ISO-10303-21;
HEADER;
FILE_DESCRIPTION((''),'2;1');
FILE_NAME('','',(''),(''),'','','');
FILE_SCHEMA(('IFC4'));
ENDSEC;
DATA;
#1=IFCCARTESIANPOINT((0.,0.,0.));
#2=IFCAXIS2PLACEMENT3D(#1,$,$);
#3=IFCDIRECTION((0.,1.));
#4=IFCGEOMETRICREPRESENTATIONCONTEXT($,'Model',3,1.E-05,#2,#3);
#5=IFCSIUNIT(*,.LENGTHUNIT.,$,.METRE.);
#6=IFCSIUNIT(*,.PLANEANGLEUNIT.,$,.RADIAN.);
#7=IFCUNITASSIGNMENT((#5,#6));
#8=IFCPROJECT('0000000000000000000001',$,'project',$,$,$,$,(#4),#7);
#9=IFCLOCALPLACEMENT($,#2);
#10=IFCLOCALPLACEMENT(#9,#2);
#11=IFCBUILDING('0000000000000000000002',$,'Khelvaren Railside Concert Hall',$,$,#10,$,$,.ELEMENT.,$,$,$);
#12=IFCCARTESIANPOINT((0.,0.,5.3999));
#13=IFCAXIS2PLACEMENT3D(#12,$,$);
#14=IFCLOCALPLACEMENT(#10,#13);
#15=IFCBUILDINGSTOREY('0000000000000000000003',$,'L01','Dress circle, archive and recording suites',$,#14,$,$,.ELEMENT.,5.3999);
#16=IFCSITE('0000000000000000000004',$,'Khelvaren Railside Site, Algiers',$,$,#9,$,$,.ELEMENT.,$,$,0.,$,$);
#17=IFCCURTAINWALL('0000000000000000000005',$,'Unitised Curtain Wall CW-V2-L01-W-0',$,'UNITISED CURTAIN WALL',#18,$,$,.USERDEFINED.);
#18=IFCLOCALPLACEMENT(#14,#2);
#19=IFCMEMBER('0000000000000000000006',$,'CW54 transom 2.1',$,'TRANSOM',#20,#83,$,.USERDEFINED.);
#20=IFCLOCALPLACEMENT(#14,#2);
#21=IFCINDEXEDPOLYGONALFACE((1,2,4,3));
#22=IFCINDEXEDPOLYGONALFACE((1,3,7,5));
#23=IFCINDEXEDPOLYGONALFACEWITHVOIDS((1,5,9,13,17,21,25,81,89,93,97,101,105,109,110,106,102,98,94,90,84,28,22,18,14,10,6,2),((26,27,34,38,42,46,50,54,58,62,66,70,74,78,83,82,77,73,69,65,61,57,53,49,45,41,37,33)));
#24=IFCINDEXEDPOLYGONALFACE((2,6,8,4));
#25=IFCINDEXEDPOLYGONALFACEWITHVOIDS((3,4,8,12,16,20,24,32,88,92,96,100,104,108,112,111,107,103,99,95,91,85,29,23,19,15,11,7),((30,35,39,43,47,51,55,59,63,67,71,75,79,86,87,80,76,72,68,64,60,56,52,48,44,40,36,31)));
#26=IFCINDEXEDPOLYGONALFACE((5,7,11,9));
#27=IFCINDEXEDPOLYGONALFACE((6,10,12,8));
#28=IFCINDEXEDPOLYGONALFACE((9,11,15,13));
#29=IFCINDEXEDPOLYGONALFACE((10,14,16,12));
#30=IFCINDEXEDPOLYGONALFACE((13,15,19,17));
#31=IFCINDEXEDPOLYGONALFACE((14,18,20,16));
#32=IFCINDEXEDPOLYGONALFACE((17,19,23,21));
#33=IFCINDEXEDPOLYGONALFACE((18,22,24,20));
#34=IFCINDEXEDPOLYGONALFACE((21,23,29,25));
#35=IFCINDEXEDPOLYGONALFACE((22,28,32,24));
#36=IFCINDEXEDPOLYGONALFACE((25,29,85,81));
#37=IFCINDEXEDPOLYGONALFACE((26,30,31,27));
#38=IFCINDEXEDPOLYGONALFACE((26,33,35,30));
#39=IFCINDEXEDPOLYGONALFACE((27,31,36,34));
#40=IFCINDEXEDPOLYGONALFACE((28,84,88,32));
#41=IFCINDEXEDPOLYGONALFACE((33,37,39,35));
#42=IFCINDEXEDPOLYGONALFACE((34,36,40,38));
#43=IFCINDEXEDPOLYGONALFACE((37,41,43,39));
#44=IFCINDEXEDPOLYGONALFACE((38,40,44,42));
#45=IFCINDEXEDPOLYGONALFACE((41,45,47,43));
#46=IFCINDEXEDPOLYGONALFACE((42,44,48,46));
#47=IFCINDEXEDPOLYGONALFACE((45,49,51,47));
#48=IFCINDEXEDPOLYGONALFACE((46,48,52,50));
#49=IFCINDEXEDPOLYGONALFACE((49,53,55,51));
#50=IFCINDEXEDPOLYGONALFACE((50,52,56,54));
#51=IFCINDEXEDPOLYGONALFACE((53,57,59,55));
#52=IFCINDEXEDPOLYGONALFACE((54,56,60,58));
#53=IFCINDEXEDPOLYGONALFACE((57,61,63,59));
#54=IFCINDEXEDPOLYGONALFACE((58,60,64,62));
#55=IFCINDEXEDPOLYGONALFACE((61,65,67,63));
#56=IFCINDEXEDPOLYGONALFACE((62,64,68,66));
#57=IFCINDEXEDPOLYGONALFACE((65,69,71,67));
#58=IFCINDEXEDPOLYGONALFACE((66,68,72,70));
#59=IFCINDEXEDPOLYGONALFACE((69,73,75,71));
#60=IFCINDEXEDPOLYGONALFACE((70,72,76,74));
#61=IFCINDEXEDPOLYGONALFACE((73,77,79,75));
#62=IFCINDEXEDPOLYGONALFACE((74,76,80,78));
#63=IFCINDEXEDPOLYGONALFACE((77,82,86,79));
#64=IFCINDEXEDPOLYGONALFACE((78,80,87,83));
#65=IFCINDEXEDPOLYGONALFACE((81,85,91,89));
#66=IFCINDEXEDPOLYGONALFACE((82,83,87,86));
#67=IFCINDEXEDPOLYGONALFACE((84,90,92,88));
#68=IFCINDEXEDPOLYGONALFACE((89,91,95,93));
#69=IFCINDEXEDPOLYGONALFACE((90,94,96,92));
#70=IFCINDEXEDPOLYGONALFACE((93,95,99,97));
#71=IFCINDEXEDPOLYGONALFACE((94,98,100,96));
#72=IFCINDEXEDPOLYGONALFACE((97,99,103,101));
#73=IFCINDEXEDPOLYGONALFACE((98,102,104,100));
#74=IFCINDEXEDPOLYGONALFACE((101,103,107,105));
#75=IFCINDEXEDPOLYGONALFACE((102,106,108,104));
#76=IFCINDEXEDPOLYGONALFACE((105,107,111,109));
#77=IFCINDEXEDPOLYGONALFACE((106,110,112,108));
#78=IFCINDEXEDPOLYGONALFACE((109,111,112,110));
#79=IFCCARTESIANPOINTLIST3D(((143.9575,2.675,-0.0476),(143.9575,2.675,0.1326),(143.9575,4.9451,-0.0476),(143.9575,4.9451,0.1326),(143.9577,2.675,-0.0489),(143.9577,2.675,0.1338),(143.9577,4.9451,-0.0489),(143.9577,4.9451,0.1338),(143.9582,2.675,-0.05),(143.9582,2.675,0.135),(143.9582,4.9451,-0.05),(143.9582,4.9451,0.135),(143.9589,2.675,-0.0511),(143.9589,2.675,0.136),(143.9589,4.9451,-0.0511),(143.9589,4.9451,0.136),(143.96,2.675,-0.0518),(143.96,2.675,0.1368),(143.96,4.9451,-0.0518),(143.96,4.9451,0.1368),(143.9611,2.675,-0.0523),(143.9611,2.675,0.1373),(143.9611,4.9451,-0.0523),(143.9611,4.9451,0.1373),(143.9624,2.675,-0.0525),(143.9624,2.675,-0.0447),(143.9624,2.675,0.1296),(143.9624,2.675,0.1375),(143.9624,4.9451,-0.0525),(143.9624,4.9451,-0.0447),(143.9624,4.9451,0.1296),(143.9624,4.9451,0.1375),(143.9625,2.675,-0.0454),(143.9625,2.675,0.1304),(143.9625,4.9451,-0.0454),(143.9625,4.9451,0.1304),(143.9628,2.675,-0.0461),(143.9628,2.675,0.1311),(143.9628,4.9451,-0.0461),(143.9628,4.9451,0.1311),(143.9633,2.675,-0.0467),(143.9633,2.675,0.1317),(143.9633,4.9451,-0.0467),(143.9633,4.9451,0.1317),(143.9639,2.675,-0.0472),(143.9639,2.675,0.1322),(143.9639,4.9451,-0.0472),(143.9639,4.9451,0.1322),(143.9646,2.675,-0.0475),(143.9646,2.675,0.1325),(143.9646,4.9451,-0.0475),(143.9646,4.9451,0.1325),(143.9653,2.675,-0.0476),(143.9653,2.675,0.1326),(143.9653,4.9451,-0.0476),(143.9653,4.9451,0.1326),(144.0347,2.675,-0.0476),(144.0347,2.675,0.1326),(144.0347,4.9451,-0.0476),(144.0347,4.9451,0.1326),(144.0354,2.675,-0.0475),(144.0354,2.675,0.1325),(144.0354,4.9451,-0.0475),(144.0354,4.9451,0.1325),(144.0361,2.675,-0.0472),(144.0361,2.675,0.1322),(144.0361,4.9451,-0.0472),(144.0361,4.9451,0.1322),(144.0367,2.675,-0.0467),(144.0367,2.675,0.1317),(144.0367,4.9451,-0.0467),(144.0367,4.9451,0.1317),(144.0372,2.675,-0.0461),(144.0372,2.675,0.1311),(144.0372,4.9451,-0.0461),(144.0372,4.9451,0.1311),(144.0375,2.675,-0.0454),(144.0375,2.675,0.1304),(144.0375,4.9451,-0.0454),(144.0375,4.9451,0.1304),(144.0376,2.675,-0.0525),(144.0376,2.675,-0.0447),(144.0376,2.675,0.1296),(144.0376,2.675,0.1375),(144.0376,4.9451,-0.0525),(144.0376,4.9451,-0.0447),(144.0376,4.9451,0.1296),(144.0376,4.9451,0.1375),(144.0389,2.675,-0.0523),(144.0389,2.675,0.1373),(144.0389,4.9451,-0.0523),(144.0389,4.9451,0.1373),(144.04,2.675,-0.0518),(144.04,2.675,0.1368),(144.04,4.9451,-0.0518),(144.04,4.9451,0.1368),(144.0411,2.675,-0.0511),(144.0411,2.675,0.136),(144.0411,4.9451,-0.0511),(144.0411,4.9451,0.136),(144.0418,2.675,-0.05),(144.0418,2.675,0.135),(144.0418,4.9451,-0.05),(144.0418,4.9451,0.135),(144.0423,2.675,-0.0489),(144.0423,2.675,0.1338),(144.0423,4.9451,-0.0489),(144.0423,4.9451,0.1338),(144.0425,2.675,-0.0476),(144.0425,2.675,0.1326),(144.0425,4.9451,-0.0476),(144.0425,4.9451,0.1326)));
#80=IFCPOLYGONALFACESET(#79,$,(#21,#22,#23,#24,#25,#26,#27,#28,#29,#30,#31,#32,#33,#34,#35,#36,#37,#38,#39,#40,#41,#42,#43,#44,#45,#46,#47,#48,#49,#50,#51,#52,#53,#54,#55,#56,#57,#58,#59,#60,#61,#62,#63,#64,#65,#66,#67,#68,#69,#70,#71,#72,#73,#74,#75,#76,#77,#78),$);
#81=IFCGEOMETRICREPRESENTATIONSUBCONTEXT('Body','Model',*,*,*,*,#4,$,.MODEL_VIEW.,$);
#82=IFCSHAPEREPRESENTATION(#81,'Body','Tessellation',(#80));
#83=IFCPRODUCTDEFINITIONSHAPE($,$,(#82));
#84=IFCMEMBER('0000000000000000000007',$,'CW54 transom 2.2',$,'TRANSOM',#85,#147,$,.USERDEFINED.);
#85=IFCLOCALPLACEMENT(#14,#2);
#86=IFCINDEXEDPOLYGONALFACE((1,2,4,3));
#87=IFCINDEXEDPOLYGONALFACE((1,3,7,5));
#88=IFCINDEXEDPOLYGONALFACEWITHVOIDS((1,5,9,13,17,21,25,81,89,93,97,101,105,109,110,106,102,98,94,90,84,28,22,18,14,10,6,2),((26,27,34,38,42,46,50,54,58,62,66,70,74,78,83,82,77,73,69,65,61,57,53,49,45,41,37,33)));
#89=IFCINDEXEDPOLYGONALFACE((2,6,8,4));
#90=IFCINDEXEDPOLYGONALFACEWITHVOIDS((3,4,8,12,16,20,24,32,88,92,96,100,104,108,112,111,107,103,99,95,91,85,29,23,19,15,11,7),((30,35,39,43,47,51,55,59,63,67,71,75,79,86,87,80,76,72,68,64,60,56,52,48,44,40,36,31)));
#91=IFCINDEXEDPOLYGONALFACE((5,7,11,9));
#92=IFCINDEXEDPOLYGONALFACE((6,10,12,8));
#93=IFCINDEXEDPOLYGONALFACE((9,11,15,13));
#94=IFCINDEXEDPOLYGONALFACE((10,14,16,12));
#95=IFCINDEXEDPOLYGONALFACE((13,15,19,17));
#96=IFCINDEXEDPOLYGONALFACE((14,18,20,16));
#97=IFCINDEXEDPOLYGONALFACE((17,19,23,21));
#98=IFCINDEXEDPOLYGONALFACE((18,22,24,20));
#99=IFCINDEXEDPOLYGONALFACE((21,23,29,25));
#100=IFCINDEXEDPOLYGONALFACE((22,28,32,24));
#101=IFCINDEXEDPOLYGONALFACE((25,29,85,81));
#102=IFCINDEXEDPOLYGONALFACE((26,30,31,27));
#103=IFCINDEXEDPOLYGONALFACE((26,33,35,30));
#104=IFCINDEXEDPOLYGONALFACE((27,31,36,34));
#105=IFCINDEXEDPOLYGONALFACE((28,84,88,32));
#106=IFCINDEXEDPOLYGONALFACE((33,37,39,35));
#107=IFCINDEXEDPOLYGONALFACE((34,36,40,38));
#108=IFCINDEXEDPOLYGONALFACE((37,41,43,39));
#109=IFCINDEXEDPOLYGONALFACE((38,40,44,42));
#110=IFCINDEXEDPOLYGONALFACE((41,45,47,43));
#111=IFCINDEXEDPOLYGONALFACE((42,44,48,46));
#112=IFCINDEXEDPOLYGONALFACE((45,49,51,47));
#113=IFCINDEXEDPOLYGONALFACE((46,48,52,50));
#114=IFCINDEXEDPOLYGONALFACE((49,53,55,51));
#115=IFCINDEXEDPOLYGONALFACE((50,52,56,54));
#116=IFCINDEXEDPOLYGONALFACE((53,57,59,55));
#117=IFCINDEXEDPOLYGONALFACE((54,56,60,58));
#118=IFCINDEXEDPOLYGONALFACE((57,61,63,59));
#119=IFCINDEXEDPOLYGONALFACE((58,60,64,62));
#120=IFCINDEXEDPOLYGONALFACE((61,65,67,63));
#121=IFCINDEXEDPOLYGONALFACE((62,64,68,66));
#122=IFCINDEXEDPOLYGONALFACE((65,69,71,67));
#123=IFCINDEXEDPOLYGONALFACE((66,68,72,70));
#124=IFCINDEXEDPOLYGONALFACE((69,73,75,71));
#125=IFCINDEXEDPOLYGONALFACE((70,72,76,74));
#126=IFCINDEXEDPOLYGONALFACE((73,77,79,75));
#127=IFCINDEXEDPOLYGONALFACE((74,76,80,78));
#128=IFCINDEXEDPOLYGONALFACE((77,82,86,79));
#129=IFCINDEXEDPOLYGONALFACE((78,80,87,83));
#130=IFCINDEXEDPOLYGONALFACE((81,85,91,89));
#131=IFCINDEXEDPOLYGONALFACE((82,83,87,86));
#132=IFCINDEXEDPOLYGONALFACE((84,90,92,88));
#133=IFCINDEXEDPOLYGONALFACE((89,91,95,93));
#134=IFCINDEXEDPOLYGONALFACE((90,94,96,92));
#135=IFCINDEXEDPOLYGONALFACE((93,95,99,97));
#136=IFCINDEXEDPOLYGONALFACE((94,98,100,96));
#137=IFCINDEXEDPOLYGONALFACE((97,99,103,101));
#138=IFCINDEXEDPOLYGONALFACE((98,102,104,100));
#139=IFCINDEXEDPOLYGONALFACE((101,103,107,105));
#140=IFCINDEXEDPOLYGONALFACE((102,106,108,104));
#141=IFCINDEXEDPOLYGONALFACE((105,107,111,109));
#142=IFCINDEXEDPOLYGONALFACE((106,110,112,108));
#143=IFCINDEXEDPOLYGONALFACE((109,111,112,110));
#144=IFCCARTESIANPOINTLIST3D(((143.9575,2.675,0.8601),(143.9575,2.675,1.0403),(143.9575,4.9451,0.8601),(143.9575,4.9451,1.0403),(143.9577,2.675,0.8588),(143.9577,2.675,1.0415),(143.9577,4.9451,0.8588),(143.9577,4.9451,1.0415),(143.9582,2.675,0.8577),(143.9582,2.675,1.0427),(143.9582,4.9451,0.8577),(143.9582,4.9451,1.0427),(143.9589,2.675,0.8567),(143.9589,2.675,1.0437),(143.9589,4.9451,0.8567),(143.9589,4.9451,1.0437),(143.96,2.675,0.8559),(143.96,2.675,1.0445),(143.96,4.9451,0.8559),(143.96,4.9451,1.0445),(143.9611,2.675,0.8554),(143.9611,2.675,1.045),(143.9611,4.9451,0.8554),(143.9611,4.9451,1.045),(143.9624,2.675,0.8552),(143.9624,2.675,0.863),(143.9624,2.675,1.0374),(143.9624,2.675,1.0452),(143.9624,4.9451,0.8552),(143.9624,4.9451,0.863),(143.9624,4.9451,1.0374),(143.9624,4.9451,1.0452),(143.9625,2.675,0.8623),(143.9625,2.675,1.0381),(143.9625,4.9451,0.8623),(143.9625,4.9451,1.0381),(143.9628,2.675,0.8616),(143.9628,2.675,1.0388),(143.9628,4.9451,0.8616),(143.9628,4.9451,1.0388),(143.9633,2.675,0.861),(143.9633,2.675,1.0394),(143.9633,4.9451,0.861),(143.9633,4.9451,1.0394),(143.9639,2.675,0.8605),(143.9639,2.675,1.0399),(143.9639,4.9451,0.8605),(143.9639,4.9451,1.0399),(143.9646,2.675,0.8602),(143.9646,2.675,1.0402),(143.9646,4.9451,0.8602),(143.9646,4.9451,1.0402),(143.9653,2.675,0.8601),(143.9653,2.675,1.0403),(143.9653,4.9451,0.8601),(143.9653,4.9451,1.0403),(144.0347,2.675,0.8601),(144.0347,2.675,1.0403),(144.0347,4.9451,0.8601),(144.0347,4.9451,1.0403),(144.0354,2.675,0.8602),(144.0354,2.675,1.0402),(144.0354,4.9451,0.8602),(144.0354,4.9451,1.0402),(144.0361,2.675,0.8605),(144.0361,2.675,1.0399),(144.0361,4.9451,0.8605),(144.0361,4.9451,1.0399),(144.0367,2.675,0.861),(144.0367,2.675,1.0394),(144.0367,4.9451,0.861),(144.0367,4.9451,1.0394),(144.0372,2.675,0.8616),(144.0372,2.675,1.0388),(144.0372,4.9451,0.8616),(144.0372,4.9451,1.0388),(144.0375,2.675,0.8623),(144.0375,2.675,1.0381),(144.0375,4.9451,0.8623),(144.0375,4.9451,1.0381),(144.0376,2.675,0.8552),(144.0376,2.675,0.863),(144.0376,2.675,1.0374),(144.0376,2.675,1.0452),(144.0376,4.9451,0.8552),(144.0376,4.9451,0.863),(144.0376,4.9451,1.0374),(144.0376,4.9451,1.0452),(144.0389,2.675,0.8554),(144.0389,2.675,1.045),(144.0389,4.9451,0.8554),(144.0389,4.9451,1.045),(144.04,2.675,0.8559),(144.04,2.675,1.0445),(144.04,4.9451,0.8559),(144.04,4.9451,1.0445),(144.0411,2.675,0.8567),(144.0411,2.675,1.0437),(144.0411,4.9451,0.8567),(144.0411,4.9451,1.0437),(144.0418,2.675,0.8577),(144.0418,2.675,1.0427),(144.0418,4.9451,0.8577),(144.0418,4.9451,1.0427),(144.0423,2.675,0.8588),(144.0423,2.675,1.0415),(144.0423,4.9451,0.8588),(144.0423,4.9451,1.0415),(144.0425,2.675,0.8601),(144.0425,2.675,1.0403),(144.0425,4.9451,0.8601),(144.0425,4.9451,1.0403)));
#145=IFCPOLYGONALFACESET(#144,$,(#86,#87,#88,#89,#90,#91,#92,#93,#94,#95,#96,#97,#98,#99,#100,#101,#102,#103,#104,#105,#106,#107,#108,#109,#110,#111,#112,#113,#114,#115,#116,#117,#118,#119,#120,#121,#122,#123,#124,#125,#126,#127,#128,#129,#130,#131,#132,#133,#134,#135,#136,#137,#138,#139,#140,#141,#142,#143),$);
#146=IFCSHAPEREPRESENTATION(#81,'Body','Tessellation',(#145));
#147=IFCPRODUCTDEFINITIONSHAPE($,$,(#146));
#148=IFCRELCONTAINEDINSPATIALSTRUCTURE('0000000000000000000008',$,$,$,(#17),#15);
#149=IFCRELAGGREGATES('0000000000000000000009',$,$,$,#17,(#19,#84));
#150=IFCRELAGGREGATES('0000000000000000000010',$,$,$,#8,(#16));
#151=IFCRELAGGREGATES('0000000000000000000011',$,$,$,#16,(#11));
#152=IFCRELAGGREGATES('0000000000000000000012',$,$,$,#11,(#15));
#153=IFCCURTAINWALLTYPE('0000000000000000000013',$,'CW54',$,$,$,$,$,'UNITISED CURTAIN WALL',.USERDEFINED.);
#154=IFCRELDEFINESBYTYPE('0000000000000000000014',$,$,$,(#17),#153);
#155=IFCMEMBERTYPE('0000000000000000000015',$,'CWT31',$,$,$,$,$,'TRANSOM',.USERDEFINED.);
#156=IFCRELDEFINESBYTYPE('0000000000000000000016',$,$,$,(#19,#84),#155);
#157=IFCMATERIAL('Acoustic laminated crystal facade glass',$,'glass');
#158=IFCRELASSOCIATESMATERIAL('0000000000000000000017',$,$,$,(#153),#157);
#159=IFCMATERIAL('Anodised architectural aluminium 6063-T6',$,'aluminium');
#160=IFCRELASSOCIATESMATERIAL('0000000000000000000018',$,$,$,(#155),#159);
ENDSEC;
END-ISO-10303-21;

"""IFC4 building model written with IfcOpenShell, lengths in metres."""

from ifc_helpers import new_model, si_unit, direction, frame, origin, origin_2d, place, context, subcontext, project, spatial, hollow_rectangle, extrude, material, material_profile, profile_set, type_object, element, aggregate, save


model = new_model("IFC4")

# Units and contexts
model_context = context("Model", 3, precision=1e-05, world=origin(), true_north=direction((0.0, 1.0)))
body_context = subcontext(model_context, "Body", "Model", "MODEL_VIEW")
ifc_project = project(units=[si_unit("LENGTHUNIT", "METRE"), si_unit("PLANEANGLEUNIT", "RADIAN")], contexts=[model_context])

# Site, building, storey
site_placement = place(None, origin())
site = spatial("IfcSite", under=ifc_project, at=site_placement, Name="Khelvaren Railside Site, Algiers", CompositionType="ELEMENT", RefElevation=0.0)
building_placement = place(site_placement, origin())
building = spatial("IfcBuilding", under=site, at=building_placement, Name="Khelvaren Railside Concert Hall", CompositionType="ELEMENT")
storey_placement = place(building_placement, frame((0.0, 0.0, 5.3999)))
storey = spatial("IfcBuildingStorey", under=building, at=storey_placement, Name="L01", Description="Dress circle, archive and recording suites", CompositionType="ELEMENT", Elevation=5.3999)

# Curtain wall, members
ifc_material_1 = material(Name="Acoustic laminated crystal facade glass", Category="glass")
curtain_wall_type = type_object("IfcCurtainWallType", Name="CW54", ElementType="UNITISED CURTAIN WALL", PredefinedType="USERDEFINED", material=ifc_material_1)
curtain_wall_placement = place(storey_placement, origin())
curtain_wall = element("IfcCurtainWall", 1, at=curtain_wall_placement, inside=storey, type_object=curtain_wall_type, Name="Unitised Curtain Wall CW-V2-L01-W-0", ObjectType="UNITISED CURTAIN WALL", PredefinedType="USERDEFINED")
ifc_material_2 = material(Name="Anodised architectural aluminium 6063-T6", Category="aluminium")
ifc_material_profile_1 = material_profile(ifc_material_2, hollow_rectangle(XDim=0.085, YDim=0.1899, WallThickness=0.0049, InnerFilletRadius=0.0029, OuterFilletRadius=0.0049, at=origin_2d()), Name="CWT 85x190x5")
ifc_profile_set_1 = profile_set([ifc_material_profile_1], Name="Anodised architectural aluminium 6063-T6")
member_type_1 = type_object("IfcMemberType", Name="CWT31", ElementType="TRANSOM", PredefinedType="USERDEFINED", material=ifc_profile_set_1)
member_1_placement = place(storey_placement, frame((144.0, 2.675, 0.0425), z_axis=(0.0, 1.0, 0.0), x_axis=(-1.0, 0.0, 0.0)))
member_1 = element("IfcMember", 2, at=member_1_placement, type_object=member_type_1, Name="CW54 transom 2.1", ObjectType="TRANSOM", PredefinedType="USERDEFINED", context=body_context, shape_type="SweptSolid", body=[
    extrude(hollow_rectangle(XDim=0.085, YDim=0.1899, WallThickness=0.0049, InnerFilletRadius=0.0029, OuterFilletRadius=0.0049, at=origin_2d()), origin(), (0.0, 0.0, 1.0), 2.27),
])
member_2_placement = place(storey_placement, frame((144.0, 2.675, 0.9502), z_axis=(0.0, 1.0, 0.0), x_axis=(-1.0, 0.0, 0.0)))
member_2 = element("IfcMember", 3, at=member_2_placement, type_object=member_type_1, Name="CW54 transom 2.2", ObjectType="TRANSOM", PredefinedType="USERDEFINED", context=body_context, shape_type="SweptSolid", body=[
    extrude(hollow_rectangle(XDim=0.085, YDim=0.1899, WallThickness=0.0049, InnerFilletRadius=0.0029, OuterFilletRadius=0.0049, at=origin_2d()), origin(), (0.0, 0.0, 1.0), 2.27),
])

aggregate(curtain_wall, [member_1, member_2])

save(model, "model.ifc")
